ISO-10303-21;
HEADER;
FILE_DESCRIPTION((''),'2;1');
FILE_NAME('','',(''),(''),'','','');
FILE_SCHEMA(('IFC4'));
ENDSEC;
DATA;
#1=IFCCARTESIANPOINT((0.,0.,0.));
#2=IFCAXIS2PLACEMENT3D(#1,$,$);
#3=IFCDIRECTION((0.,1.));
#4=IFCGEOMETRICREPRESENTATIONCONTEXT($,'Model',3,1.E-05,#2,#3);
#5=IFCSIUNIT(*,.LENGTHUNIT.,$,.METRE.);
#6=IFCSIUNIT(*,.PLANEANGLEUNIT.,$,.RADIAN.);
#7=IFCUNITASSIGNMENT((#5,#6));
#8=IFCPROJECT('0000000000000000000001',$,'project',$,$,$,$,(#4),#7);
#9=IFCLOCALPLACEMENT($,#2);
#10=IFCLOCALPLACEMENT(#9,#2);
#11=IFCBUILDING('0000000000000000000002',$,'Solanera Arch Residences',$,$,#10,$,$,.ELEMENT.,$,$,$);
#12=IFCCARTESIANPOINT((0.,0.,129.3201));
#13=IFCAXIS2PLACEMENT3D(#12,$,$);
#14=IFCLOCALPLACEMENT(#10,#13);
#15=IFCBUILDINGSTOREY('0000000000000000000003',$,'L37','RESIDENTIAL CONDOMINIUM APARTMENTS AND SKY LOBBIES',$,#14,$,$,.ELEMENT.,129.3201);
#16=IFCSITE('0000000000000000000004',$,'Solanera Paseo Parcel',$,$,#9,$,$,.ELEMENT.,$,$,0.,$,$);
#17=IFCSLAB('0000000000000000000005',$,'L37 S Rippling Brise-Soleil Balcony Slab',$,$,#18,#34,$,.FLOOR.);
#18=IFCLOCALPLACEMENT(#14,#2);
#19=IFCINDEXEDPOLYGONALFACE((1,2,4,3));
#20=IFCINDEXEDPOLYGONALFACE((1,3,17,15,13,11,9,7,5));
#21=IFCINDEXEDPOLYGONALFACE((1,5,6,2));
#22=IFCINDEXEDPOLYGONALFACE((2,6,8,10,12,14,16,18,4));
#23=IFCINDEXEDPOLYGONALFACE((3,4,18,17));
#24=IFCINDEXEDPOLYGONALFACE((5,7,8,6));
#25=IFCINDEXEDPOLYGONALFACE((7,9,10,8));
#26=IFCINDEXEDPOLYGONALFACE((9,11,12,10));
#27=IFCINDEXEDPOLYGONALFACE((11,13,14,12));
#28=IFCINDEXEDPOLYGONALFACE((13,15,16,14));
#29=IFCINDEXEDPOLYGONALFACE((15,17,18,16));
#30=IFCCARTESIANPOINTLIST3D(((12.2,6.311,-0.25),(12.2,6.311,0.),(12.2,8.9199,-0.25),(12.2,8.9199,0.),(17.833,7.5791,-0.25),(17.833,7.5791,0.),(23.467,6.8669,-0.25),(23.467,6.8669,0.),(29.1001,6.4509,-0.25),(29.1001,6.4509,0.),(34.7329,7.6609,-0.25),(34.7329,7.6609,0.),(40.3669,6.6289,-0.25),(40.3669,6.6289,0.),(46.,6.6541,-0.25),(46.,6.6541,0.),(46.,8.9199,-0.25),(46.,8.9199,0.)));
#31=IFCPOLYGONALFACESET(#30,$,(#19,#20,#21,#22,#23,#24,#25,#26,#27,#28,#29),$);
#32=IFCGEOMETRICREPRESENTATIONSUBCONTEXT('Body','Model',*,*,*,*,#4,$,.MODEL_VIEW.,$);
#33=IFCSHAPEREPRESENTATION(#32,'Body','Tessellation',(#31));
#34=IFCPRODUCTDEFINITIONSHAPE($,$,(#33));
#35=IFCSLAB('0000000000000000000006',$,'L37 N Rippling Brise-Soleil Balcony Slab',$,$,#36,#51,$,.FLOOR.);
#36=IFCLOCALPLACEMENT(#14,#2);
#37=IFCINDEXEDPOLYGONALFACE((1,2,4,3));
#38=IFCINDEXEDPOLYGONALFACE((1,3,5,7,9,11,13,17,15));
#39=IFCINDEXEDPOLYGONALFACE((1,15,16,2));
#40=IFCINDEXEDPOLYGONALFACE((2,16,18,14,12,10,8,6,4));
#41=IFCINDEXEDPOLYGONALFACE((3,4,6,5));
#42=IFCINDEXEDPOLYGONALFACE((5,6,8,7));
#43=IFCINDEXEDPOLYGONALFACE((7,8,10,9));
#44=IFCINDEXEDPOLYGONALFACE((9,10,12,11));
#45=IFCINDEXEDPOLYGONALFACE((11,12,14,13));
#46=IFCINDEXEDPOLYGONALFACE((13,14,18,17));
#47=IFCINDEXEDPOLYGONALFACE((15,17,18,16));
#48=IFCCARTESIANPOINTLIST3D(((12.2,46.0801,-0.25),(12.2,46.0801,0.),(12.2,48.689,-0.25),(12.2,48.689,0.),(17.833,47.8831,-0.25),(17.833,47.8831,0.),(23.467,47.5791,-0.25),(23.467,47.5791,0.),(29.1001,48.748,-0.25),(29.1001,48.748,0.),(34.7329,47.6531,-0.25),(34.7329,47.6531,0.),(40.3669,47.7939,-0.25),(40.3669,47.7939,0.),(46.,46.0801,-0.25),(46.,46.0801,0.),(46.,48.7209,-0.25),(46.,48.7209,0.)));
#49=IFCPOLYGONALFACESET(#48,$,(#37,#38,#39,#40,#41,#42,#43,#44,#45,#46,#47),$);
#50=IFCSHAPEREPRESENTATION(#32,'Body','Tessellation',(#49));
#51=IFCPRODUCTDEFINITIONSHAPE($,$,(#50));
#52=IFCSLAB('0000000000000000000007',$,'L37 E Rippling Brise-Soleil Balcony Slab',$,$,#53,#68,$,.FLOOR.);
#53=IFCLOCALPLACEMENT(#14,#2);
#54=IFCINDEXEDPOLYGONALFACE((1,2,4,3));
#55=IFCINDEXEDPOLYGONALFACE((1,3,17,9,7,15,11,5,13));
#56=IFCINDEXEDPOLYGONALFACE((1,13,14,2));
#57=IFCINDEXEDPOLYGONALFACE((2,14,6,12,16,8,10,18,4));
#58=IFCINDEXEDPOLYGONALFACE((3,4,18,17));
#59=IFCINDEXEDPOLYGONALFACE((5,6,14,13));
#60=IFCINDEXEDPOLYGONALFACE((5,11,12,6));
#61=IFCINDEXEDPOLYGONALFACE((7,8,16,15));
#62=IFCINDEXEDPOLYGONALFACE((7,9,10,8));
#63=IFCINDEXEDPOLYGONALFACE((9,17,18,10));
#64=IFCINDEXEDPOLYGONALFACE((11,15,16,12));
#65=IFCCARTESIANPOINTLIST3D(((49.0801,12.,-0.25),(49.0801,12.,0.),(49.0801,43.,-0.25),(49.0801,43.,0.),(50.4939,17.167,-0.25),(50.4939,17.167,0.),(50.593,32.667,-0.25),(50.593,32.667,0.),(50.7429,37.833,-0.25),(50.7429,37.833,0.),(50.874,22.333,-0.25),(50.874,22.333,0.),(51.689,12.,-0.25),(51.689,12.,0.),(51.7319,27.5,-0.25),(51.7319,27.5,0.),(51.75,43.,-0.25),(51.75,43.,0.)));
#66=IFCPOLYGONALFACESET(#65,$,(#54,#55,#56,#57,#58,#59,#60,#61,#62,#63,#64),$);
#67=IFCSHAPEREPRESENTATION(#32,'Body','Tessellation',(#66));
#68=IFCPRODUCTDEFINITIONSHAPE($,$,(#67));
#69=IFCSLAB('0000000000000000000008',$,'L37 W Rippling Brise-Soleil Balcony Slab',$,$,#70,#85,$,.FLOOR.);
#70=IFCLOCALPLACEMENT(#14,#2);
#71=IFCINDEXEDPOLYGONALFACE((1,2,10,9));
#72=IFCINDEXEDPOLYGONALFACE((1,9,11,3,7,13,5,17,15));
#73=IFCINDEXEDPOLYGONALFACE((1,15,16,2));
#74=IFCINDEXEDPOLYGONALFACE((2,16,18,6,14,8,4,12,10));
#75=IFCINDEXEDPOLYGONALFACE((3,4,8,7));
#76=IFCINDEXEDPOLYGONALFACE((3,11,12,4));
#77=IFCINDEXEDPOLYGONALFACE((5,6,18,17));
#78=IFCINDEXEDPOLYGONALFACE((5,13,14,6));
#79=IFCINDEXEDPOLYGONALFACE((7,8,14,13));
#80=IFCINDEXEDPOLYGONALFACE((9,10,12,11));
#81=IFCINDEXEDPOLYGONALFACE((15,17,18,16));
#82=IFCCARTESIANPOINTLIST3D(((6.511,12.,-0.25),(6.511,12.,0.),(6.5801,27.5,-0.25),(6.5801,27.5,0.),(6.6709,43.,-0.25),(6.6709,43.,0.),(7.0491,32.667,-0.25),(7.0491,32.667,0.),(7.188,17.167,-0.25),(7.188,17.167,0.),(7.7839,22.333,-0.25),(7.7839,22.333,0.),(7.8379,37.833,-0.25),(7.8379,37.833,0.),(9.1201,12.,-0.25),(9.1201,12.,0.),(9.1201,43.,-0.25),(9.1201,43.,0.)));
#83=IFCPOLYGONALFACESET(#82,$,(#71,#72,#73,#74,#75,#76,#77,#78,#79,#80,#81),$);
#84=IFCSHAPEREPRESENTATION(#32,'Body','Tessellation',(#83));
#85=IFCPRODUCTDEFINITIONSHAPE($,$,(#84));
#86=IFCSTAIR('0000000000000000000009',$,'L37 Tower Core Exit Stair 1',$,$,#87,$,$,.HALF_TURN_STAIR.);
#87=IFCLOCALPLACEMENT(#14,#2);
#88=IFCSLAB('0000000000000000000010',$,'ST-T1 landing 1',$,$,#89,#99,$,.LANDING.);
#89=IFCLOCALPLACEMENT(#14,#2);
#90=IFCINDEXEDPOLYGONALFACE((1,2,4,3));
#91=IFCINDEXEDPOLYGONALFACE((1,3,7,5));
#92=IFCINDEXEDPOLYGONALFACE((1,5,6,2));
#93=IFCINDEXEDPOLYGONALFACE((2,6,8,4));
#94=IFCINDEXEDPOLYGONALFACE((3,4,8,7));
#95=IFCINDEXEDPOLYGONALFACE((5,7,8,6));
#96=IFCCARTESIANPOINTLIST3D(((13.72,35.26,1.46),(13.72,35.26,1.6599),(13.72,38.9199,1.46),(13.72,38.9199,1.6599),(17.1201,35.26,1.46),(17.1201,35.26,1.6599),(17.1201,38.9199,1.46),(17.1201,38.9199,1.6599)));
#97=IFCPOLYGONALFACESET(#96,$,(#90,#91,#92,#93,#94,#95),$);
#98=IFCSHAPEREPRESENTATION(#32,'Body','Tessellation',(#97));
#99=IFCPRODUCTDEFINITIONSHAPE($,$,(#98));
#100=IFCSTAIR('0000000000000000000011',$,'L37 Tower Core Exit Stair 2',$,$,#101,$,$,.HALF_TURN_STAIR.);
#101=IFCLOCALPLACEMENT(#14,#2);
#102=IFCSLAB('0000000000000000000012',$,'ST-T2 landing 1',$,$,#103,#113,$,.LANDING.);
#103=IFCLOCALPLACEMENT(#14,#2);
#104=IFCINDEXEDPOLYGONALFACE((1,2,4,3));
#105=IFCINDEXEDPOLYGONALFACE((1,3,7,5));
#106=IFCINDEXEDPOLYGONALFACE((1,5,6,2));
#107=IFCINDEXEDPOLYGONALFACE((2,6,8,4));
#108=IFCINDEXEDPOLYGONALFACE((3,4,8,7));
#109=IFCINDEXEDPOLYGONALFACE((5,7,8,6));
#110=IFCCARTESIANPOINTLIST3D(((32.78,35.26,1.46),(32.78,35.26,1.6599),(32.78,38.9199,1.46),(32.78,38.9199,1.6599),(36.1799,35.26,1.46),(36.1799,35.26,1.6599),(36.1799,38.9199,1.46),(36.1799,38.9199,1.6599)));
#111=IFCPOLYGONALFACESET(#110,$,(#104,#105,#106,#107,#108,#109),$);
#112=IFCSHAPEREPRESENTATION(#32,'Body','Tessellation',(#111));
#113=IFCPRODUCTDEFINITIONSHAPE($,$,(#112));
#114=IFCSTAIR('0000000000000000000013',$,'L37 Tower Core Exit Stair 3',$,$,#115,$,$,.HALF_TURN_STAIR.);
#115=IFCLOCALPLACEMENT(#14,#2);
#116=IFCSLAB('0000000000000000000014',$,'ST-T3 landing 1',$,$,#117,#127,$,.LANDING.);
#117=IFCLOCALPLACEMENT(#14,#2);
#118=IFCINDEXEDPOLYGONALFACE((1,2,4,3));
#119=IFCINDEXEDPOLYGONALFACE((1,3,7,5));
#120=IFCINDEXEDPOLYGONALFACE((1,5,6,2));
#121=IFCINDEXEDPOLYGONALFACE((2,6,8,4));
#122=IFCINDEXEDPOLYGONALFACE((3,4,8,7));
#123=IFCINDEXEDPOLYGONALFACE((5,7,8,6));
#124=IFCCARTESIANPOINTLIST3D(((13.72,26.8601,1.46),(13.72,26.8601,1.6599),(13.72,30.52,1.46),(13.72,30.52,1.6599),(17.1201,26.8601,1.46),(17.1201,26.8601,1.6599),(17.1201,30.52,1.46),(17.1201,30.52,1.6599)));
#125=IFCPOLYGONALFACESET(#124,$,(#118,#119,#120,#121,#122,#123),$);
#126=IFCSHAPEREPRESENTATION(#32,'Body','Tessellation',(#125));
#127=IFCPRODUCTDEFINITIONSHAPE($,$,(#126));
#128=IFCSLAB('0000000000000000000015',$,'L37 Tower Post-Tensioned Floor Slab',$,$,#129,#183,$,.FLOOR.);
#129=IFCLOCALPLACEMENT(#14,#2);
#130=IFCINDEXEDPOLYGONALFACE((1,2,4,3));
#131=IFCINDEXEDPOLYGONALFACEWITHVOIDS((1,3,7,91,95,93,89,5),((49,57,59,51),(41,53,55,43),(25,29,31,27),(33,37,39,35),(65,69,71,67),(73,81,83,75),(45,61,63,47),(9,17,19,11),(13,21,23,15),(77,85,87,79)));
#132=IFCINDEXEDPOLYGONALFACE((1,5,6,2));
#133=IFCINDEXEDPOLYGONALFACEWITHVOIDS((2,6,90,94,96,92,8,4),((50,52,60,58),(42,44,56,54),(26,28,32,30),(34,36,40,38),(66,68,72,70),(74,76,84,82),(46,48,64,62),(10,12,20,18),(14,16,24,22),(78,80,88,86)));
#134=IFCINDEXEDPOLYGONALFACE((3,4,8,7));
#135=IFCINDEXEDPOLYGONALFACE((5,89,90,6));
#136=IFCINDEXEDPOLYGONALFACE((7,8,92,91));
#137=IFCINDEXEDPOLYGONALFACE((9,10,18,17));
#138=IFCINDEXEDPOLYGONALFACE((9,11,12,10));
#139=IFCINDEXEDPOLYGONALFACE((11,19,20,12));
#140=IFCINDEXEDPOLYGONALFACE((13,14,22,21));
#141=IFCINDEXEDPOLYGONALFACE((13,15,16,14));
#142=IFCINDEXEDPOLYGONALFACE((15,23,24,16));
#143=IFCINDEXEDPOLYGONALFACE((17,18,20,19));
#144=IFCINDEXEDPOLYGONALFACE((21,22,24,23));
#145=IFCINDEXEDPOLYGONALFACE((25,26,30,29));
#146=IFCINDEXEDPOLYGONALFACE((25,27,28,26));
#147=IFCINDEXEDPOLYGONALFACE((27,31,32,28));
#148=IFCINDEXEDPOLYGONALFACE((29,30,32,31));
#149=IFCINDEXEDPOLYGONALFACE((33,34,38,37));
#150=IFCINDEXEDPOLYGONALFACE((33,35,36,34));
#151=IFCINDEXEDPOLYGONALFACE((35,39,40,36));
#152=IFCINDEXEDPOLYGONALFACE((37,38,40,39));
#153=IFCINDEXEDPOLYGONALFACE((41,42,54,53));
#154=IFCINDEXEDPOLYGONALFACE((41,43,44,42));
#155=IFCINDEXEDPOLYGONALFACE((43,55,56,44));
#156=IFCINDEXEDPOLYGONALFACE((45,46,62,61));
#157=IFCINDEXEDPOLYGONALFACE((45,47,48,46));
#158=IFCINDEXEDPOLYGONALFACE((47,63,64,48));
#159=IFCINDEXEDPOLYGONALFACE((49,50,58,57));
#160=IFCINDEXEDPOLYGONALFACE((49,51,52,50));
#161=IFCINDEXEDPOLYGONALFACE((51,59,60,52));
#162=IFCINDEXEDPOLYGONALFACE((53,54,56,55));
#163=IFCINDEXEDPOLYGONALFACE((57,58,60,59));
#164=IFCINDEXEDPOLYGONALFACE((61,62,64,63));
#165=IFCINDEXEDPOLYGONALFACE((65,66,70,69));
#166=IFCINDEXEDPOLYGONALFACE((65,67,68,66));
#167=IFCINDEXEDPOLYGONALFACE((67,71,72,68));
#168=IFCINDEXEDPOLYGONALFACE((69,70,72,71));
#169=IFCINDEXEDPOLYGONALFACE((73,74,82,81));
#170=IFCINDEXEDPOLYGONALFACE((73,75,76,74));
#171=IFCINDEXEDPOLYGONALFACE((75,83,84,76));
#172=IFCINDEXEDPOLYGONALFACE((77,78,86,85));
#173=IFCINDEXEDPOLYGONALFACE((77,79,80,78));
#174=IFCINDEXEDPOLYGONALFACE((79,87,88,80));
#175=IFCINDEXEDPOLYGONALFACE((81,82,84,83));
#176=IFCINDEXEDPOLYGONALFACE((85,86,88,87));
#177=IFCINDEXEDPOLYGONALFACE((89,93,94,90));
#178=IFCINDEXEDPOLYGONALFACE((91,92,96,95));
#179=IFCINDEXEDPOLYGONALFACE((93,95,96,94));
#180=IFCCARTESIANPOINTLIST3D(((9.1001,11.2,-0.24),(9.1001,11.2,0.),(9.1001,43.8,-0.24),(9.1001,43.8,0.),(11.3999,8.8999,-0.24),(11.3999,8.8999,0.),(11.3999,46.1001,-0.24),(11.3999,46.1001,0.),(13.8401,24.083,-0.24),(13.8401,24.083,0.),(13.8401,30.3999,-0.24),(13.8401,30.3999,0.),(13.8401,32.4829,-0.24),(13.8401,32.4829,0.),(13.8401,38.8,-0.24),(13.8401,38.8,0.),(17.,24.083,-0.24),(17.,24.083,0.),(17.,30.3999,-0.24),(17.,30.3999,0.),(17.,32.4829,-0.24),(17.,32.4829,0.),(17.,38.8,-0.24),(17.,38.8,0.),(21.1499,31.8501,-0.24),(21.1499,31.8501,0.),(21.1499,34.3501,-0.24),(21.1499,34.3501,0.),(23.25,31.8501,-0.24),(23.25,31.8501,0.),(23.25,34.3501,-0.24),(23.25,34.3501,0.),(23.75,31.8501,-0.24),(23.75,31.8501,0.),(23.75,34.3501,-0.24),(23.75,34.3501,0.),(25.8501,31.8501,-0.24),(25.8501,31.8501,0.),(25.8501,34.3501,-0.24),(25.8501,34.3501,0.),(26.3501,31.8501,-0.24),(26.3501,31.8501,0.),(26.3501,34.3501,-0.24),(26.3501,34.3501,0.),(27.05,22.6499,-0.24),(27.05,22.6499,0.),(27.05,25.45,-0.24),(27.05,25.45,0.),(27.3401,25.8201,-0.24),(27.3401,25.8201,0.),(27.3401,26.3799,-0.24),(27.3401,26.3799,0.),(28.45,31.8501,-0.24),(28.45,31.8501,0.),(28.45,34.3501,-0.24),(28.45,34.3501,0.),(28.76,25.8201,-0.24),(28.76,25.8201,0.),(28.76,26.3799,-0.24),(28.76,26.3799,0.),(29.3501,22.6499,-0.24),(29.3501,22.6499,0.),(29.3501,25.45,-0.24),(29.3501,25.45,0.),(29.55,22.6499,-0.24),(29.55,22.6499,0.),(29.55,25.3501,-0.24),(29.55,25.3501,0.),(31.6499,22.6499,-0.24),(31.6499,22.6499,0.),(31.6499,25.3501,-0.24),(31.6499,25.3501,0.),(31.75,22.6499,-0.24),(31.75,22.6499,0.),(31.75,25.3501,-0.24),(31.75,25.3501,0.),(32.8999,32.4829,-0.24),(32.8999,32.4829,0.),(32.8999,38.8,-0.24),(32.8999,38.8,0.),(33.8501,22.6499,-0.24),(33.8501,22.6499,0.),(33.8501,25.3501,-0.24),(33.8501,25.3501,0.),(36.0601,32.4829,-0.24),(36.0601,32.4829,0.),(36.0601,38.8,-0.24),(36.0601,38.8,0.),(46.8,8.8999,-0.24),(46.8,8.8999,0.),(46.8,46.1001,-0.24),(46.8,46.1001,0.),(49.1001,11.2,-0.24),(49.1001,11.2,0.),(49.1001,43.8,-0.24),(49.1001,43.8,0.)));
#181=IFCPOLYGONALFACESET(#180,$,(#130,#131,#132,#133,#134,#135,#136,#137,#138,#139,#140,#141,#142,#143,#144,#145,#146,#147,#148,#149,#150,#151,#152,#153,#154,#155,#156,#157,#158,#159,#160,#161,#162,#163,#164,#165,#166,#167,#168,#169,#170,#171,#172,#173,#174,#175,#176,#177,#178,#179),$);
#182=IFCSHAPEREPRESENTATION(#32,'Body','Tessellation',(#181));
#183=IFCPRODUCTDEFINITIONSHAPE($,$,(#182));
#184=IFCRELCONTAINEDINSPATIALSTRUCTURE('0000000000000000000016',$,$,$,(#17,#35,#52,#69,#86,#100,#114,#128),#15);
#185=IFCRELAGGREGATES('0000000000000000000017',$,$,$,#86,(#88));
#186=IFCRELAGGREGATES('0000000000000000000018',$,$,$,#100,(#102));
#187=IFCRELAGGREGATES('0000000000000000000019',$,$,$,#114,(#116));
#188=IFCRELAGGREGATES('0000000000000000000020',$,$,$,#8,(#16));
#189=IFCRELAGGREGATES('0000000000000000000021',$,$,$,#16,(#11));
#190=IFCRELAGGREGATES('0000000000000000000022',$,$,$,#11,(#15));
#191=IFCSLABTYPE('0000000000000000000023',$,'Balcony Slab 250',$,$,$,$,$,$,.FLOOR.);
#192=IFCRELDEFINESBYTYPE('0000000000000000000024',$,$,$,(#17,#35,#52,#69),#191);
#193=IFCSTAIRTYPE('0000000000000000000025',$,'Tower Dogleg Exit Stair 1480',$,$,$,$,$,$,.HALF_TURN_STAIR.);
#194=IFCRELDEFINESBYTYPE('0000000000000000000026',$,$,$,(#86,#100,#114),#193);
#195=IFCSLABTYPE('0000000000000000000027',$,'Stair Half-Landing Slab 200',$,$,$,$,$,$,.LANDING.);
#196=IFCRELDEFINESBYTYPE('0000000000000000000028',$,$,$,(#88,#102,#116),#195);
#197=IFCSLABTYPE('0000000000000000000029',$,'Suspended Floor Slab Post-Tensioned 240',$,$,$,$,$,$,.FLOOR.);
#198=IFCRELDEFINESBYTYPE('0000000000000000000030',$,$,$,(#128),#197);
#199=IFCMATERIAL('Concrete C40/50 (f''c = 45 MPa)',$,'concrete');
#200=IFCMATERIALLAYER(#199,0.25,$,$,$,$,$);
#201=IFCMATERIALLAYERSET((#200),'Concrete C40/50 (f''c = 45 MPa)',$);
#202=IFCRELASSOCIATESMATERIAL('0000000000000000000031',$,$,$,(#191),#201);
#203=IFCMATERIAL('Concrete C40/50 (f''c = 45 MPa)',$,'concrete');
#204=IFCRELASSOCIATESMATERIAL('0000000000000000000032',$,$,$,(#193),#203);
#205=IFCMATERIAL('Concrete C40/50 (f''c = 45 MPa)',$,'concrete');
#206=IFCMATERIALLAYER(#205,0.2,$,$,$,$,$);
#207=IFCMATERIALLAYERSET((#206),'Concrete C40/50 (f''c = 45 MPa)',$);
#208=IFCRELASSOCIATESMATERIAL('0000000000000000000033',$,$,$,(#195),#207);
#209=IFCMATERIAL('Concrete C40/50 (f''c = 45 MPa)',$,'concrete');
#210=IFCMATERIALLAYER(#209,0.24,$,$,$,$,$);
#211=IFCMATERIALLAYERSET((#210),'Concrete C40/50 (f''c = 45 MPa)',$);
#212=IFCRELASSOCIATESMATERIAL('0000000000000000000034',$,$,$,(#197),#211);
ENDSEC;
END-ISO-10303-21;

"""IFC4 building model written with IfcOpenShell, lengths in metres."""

from ifc_helpers import new_model, si_unit, direction, frame, origin, place, context, subcontext, project, spatial, polyline, outline, extrude, material, layer, layer_set, type_object, element, aggregate, save


model = new_model("IFC4")

# Units and contexts
model_context = context("Model", 3, precision=1e-05, world=origin(), true_north=direction((0.0, 1.0)))
body_context = subcontext(model_context, "Body", "Model", "MODEL_VIEW")
ifc_project = project(units=[si_unit("LENGTHUNIT", "METRE"), si_unit("PLANEANGLEUNIT", "RADIAN")], contexts=[model_context])

# Site, building, storey
site_placement = place(None, origin())
site = spatial("IfcSite", under=ifc_project, at=site_placement, Name="Solanera Paseo Parcel", CompositionType="ELEMENT", RefElevation=0.0)
building_placement = place(site_placement, origin())
building = spatial("IfcBuilding", under=site, at=building_placement, Name="Solanera Arch Residences", CompositionType="ELEMENT")
storey_placement = place(building_placement, frame((0.0, 0.0, 129.3201)))
storey = spatial("IfcBuildingStorey", under=building, at=storey_placement, Name="L37", Description="RESIDENTIAL CONDOMINIUM APARTMENTS AND SKY LOBBIES", CompositionType="ELEMENT", Elevation=129.3201)

# Slabs
ifc_material_1 = material(Name="Concrete C40/50 (f'c = 45 MPa)", Category="concrete")
ifc_layer_1 = layer(ifc_material_1, 0.25)
ifc_layer_set_1 = layer_set([ifc_layer_1], Name="Concrete C40/50 (f'c = 45 MPa)")
slab_type_1 = type_object("IfcSlabType", Name="Balcony Slab 250", PredefinedType="FLOOR", material=ifc_layer_set_1)
slab_1_placement = place(storey_placement, frame((0.0, 0.0, -0.25)))
element("IfcSlab", 1, at=slab_1_placement, inside=storey, type_object=slab_type_1, Name="L37 S Rippling Brise-Soleil Balcony Slab", PredefinedType="FLOOR", context=body_context, shape_type="SweptSolid", body=[
    extrude(outline(polyline([(12.2, 6.311), (17.833, 7.5791), (23.467, 6.8669), (29.1001, 6.4509), (34.7329, 7.6609), (40.3669, 6.6289), (46.0, 6.6541), (46.0, 8.9199), (12.2, 8.9199), (12.2, 6.311)])), origin(), (0.0, 0.0, 1.0), 0.25),
])
slab_2_placement = place(storey_placement, frame((0.0, 0.0, -0.25)))
element("IfcSlab", 2, at=slab_2_placement, inside=storey, type_object=slab_type_1, Name="L37 N Rippling Brise-Soleil Balcony Slab", PredefinedType="FLOOR", context=body_context, shape_type="SweptSolid", body=[
    extrude(outline(polyline([(46.0, 48.7209), (40.3669, 47.7939), (34.7329, 47.6531), (29.1001, 48.748), (23.467, 47.5791), (17.833, 47.8831), (12.2, 48.689), (12.2, 46.0801), (46.0, 46.0801), (46.0, 48.7209)])), origin(), (0.0, 0.0, 1.0), 0.25),
])
slab_3_placement = place(storey_placement, frame((0.0, 0.0, -0.25)))
element("IfcSlab", 3, at=slab_3_placement, inside=storey, type_object=slab_type_1, Name="L37 E Rippling Brise-Soleil Balcony Slab", PredefinedType="FLOOR", context=body_context, shape_type="SweptSolid", body=[
    extrude(outline(polyline([(51.689, 12.0), (50.4939, 17.167), (50.874, 22.333), (51.7319, 27.5), (50.593, 32.667), (50.7429, 37.833), (51.75, 43.0), (49.0801, 43.0), (49.0801, 12.0), (51.689, 12.0)])), origin(), (0.0, 0.0, 1.0), 0.25),
])
slab_4_placement = place(storey_placement, frame((0.0, 0.0, -0.25)))
element("IfcSlab", 4, at=slab_4_placement, inside=storey, type_object=slab_type_1, Name="L37 W Rippling Brise-Soleil Balcony Slab", PredefinedType="FLOOR", context=body_context, shape_type="SweptSolid", body=[
    extrude(outline(polyline([(6.6709, 43.0), (7.8379, 37.833), (7.0491, 32.667), (6.5801, 27.5), (7.7839, 22.333), (7.188, 17.167), (6.511, 12.0), (9.1201, 12.0), (9.1201, 43.0), (6.6709, 43.0)])), origin(), (0.0, 0.0, 1.0), 0.25),
])

# Stairs, slabs
ifc_material_2 = material(Name="Concrete C40/50 (f'c = 45 MPa)", Category="concrete")
stair_type = type_object("IfcStairType", Name="Tower Dogleg Exit Stair 1480", PredefinedType="HALF_TURN_STAIR", material=ifc_material_2)
stair_1_placement = place(storey_placement, origin())
stair_1 = element("IfcStair", 5, at=stair_1_placement, inside=storey, type_object=stair_type, Name="L37 Tower Core Exit Stair 1", PredefinedType="HALF_TURN_STAIR")
ifc_material_3 = material(Name="Concrete C40/50 (f'c = 45 MPa)", Category="concrete")
ifc_layer_2 = layer(ifc_material_3, 0.2)
ifc_layer_set_2 = layer_set([ifc_layer_2], Name="Concrete C40/50 (f'c = 45 MPa)")
slab_type_2 = type_object("IfcSlabType", Name="Stair Half-Landing Slab 200", PredefinedType="LANDING", material=ifc_layer_set_2)
slab_5_placement = place(storey_placement, frame((0.0, 0.0, 1.46)))
slab_5 = element("IfcSlab", 6, at=slab_5_placement, type_object=slab_type_2, Name="ST-T1 landing 1", PredefinedType="LANDING", context=body_context, shape_type="SweptSolid", body=[
    extrude(outline(polyline([(17.1201, 35.26), (17.1201, 38.9199), (13.72, 38.9199), (13.72, 35.26), (17.1201, 35.26)])), origin(), (0.0, 0.0, 1.0), 0.2),
])
aggregate(stair_1, [slab_5])
stair_2_placement = place(storey_placement, origin())
stair_2 = element("IfcStair", 7, at=stair_2_placement, inside=storey, type_object=stair_type, Name="L37 Tower Core Exit Stair 2", PredefinedType="HALF_TURN_STAIR")
slab_6_placement = place(storey_placement, frame((0.0, 0.0, 1.46)))
slab_6 = element("IfcSlab", 8, at=slab_6_placement, type_object=slab_type_2, Name="ST-T2 landing 1", PredefinedType="LANDING", context=body_context, shape_type="SweptSolid", body=[
    extrude(outline(polyline([(36.1799, 35.26), (36.1799, 38.9199), (32.78, 38.9199), (32.78, 35.26), (36.1799, 35.26)])), origin(), (0.0, 0.0, 1.0), 0.2),
])
aggregate(stair_2, [slab_6])
stair_3_placement = place(storey_placement, origin())
stair_3 = element("IfcStair", 9, at=stair_3_placement, inside=storey, type_object=stair_type, Name="L37 Tower Core Exit Stair 3", PredefinedType="HALF_TURN_STAIR")
slab_7_placement = place(storey_placement, frame((0.0, 0.0, 1.46)))
slab_7 = element("IfcSlab", 10, at=slab_7_placement, type_object=slab_type_2, Name="ST-T3 landing 1", PredefinedType="LANDING", context=body_context, shape_type="SweptSolid", body=[
    extrude(outline(polyline([(17.1201, 26.8601), (17.1201, 30.52), (13.72, 30.52), (13.72, 26.8601), (17.1201, 26.8601)])), origin(), (0.0, 0.0, 1.0), 0.2),
])
aggregate(stair_3, [slab_7])

# Slab
ifc_material_4 = material(Name="Concrete C40/50 (f'c = 45 MPa)", Category="concrete")
ifc_layer_3 = layer(ifc_material_4, 0.24)
ifc_layer_set_3 = layer_set([ifc_layer_3], Name="Concrete C40/50 (f'c = 45 MPa)")
slab_type_3 = type_object("IfcSlabType", Name="Suspended Floor Slab Post-Tensioned 240", PredefinedType="FLOOR", material=ifc_layer_set_3)
slab_8_placement = place(storey_placement, frame((0.0, 0.0, -0.24)))
element("IfcSlab", 11, at=slab_8_placement, inside=storey, type_object=slab_type_3, Name="L37 Tower Post-Tensioned Floor Slab", PredefinedType="FLOOR", context=body_context, shape_type="SweptSolid", body=[
    extrude(outline(polyline([(11.3999, 8.8999), (46.8, 8.8999), (49.1001, 11.2), (49.1001, 43.8), (46.8, 46.1001), (11.3999, 46.1001), (9.1001, 43.8), (9.1001, 11.2), (11.3999, 8.8999)]), holes=[polyline([(13.8401, 32.4829), (13.8401, 38.8), (17.0, 38.8), (17.0, 32.4829), (13.8401, 32.4829)]), polyline([(32.8999, 32.4829), (32.8999, 38.8), (36.0601, 38.8), (36.0601, 32.4829), (32.8999, 32.4829)]), polyline([(13.8401, 24.083), (13.8401, 30.3999), (17.0, 30.3999), (17.0, 24.083), (13.8401, 24.083)]), polyline([(21.1499, 34.3501), (23.25, 34.3501), (23.25, 31.8501), (21.1499, 31.8501), (21.1499, 34.3501)]), polyline([(23.75, 34.3501), (25.8501, 34.3501), (25.8501, 31.8501), (23.75, 31.8501), (23.75, 34.3501)]), polyline([(26.3501, 34.3501), (28.45, 34.3501), (28.45, 31.8501), (26.3501, 31.8501), (26.3501, 34.3501)]), polyline([(29.55, 25.3501), (31.6499, 25.3501), (31.6499, 22.6499), (29.55, 22.6499), (29.55, 25.3501)]), polyline([(31.75, 25.3501), (33.8501, 25.3501), (33.8501, 22.6499), (31.75, 22.6499), (31.75, 25.3501)]), polyline([(27.05, 25.45), (29.3501, 25.45), (29.3501, 22.6499), (27.05, 22.6499), (27.05, 25.45)]), polyline([(27.3401, 26.3799), (28.76, 26.3799), (28.76, 25.8201), (27.3401, 25.8201), (27.3401, 26.3799)])]), origin(), (0.0, 0.0, 1.0), 0.24),
])

save(model, "model.ifc")
